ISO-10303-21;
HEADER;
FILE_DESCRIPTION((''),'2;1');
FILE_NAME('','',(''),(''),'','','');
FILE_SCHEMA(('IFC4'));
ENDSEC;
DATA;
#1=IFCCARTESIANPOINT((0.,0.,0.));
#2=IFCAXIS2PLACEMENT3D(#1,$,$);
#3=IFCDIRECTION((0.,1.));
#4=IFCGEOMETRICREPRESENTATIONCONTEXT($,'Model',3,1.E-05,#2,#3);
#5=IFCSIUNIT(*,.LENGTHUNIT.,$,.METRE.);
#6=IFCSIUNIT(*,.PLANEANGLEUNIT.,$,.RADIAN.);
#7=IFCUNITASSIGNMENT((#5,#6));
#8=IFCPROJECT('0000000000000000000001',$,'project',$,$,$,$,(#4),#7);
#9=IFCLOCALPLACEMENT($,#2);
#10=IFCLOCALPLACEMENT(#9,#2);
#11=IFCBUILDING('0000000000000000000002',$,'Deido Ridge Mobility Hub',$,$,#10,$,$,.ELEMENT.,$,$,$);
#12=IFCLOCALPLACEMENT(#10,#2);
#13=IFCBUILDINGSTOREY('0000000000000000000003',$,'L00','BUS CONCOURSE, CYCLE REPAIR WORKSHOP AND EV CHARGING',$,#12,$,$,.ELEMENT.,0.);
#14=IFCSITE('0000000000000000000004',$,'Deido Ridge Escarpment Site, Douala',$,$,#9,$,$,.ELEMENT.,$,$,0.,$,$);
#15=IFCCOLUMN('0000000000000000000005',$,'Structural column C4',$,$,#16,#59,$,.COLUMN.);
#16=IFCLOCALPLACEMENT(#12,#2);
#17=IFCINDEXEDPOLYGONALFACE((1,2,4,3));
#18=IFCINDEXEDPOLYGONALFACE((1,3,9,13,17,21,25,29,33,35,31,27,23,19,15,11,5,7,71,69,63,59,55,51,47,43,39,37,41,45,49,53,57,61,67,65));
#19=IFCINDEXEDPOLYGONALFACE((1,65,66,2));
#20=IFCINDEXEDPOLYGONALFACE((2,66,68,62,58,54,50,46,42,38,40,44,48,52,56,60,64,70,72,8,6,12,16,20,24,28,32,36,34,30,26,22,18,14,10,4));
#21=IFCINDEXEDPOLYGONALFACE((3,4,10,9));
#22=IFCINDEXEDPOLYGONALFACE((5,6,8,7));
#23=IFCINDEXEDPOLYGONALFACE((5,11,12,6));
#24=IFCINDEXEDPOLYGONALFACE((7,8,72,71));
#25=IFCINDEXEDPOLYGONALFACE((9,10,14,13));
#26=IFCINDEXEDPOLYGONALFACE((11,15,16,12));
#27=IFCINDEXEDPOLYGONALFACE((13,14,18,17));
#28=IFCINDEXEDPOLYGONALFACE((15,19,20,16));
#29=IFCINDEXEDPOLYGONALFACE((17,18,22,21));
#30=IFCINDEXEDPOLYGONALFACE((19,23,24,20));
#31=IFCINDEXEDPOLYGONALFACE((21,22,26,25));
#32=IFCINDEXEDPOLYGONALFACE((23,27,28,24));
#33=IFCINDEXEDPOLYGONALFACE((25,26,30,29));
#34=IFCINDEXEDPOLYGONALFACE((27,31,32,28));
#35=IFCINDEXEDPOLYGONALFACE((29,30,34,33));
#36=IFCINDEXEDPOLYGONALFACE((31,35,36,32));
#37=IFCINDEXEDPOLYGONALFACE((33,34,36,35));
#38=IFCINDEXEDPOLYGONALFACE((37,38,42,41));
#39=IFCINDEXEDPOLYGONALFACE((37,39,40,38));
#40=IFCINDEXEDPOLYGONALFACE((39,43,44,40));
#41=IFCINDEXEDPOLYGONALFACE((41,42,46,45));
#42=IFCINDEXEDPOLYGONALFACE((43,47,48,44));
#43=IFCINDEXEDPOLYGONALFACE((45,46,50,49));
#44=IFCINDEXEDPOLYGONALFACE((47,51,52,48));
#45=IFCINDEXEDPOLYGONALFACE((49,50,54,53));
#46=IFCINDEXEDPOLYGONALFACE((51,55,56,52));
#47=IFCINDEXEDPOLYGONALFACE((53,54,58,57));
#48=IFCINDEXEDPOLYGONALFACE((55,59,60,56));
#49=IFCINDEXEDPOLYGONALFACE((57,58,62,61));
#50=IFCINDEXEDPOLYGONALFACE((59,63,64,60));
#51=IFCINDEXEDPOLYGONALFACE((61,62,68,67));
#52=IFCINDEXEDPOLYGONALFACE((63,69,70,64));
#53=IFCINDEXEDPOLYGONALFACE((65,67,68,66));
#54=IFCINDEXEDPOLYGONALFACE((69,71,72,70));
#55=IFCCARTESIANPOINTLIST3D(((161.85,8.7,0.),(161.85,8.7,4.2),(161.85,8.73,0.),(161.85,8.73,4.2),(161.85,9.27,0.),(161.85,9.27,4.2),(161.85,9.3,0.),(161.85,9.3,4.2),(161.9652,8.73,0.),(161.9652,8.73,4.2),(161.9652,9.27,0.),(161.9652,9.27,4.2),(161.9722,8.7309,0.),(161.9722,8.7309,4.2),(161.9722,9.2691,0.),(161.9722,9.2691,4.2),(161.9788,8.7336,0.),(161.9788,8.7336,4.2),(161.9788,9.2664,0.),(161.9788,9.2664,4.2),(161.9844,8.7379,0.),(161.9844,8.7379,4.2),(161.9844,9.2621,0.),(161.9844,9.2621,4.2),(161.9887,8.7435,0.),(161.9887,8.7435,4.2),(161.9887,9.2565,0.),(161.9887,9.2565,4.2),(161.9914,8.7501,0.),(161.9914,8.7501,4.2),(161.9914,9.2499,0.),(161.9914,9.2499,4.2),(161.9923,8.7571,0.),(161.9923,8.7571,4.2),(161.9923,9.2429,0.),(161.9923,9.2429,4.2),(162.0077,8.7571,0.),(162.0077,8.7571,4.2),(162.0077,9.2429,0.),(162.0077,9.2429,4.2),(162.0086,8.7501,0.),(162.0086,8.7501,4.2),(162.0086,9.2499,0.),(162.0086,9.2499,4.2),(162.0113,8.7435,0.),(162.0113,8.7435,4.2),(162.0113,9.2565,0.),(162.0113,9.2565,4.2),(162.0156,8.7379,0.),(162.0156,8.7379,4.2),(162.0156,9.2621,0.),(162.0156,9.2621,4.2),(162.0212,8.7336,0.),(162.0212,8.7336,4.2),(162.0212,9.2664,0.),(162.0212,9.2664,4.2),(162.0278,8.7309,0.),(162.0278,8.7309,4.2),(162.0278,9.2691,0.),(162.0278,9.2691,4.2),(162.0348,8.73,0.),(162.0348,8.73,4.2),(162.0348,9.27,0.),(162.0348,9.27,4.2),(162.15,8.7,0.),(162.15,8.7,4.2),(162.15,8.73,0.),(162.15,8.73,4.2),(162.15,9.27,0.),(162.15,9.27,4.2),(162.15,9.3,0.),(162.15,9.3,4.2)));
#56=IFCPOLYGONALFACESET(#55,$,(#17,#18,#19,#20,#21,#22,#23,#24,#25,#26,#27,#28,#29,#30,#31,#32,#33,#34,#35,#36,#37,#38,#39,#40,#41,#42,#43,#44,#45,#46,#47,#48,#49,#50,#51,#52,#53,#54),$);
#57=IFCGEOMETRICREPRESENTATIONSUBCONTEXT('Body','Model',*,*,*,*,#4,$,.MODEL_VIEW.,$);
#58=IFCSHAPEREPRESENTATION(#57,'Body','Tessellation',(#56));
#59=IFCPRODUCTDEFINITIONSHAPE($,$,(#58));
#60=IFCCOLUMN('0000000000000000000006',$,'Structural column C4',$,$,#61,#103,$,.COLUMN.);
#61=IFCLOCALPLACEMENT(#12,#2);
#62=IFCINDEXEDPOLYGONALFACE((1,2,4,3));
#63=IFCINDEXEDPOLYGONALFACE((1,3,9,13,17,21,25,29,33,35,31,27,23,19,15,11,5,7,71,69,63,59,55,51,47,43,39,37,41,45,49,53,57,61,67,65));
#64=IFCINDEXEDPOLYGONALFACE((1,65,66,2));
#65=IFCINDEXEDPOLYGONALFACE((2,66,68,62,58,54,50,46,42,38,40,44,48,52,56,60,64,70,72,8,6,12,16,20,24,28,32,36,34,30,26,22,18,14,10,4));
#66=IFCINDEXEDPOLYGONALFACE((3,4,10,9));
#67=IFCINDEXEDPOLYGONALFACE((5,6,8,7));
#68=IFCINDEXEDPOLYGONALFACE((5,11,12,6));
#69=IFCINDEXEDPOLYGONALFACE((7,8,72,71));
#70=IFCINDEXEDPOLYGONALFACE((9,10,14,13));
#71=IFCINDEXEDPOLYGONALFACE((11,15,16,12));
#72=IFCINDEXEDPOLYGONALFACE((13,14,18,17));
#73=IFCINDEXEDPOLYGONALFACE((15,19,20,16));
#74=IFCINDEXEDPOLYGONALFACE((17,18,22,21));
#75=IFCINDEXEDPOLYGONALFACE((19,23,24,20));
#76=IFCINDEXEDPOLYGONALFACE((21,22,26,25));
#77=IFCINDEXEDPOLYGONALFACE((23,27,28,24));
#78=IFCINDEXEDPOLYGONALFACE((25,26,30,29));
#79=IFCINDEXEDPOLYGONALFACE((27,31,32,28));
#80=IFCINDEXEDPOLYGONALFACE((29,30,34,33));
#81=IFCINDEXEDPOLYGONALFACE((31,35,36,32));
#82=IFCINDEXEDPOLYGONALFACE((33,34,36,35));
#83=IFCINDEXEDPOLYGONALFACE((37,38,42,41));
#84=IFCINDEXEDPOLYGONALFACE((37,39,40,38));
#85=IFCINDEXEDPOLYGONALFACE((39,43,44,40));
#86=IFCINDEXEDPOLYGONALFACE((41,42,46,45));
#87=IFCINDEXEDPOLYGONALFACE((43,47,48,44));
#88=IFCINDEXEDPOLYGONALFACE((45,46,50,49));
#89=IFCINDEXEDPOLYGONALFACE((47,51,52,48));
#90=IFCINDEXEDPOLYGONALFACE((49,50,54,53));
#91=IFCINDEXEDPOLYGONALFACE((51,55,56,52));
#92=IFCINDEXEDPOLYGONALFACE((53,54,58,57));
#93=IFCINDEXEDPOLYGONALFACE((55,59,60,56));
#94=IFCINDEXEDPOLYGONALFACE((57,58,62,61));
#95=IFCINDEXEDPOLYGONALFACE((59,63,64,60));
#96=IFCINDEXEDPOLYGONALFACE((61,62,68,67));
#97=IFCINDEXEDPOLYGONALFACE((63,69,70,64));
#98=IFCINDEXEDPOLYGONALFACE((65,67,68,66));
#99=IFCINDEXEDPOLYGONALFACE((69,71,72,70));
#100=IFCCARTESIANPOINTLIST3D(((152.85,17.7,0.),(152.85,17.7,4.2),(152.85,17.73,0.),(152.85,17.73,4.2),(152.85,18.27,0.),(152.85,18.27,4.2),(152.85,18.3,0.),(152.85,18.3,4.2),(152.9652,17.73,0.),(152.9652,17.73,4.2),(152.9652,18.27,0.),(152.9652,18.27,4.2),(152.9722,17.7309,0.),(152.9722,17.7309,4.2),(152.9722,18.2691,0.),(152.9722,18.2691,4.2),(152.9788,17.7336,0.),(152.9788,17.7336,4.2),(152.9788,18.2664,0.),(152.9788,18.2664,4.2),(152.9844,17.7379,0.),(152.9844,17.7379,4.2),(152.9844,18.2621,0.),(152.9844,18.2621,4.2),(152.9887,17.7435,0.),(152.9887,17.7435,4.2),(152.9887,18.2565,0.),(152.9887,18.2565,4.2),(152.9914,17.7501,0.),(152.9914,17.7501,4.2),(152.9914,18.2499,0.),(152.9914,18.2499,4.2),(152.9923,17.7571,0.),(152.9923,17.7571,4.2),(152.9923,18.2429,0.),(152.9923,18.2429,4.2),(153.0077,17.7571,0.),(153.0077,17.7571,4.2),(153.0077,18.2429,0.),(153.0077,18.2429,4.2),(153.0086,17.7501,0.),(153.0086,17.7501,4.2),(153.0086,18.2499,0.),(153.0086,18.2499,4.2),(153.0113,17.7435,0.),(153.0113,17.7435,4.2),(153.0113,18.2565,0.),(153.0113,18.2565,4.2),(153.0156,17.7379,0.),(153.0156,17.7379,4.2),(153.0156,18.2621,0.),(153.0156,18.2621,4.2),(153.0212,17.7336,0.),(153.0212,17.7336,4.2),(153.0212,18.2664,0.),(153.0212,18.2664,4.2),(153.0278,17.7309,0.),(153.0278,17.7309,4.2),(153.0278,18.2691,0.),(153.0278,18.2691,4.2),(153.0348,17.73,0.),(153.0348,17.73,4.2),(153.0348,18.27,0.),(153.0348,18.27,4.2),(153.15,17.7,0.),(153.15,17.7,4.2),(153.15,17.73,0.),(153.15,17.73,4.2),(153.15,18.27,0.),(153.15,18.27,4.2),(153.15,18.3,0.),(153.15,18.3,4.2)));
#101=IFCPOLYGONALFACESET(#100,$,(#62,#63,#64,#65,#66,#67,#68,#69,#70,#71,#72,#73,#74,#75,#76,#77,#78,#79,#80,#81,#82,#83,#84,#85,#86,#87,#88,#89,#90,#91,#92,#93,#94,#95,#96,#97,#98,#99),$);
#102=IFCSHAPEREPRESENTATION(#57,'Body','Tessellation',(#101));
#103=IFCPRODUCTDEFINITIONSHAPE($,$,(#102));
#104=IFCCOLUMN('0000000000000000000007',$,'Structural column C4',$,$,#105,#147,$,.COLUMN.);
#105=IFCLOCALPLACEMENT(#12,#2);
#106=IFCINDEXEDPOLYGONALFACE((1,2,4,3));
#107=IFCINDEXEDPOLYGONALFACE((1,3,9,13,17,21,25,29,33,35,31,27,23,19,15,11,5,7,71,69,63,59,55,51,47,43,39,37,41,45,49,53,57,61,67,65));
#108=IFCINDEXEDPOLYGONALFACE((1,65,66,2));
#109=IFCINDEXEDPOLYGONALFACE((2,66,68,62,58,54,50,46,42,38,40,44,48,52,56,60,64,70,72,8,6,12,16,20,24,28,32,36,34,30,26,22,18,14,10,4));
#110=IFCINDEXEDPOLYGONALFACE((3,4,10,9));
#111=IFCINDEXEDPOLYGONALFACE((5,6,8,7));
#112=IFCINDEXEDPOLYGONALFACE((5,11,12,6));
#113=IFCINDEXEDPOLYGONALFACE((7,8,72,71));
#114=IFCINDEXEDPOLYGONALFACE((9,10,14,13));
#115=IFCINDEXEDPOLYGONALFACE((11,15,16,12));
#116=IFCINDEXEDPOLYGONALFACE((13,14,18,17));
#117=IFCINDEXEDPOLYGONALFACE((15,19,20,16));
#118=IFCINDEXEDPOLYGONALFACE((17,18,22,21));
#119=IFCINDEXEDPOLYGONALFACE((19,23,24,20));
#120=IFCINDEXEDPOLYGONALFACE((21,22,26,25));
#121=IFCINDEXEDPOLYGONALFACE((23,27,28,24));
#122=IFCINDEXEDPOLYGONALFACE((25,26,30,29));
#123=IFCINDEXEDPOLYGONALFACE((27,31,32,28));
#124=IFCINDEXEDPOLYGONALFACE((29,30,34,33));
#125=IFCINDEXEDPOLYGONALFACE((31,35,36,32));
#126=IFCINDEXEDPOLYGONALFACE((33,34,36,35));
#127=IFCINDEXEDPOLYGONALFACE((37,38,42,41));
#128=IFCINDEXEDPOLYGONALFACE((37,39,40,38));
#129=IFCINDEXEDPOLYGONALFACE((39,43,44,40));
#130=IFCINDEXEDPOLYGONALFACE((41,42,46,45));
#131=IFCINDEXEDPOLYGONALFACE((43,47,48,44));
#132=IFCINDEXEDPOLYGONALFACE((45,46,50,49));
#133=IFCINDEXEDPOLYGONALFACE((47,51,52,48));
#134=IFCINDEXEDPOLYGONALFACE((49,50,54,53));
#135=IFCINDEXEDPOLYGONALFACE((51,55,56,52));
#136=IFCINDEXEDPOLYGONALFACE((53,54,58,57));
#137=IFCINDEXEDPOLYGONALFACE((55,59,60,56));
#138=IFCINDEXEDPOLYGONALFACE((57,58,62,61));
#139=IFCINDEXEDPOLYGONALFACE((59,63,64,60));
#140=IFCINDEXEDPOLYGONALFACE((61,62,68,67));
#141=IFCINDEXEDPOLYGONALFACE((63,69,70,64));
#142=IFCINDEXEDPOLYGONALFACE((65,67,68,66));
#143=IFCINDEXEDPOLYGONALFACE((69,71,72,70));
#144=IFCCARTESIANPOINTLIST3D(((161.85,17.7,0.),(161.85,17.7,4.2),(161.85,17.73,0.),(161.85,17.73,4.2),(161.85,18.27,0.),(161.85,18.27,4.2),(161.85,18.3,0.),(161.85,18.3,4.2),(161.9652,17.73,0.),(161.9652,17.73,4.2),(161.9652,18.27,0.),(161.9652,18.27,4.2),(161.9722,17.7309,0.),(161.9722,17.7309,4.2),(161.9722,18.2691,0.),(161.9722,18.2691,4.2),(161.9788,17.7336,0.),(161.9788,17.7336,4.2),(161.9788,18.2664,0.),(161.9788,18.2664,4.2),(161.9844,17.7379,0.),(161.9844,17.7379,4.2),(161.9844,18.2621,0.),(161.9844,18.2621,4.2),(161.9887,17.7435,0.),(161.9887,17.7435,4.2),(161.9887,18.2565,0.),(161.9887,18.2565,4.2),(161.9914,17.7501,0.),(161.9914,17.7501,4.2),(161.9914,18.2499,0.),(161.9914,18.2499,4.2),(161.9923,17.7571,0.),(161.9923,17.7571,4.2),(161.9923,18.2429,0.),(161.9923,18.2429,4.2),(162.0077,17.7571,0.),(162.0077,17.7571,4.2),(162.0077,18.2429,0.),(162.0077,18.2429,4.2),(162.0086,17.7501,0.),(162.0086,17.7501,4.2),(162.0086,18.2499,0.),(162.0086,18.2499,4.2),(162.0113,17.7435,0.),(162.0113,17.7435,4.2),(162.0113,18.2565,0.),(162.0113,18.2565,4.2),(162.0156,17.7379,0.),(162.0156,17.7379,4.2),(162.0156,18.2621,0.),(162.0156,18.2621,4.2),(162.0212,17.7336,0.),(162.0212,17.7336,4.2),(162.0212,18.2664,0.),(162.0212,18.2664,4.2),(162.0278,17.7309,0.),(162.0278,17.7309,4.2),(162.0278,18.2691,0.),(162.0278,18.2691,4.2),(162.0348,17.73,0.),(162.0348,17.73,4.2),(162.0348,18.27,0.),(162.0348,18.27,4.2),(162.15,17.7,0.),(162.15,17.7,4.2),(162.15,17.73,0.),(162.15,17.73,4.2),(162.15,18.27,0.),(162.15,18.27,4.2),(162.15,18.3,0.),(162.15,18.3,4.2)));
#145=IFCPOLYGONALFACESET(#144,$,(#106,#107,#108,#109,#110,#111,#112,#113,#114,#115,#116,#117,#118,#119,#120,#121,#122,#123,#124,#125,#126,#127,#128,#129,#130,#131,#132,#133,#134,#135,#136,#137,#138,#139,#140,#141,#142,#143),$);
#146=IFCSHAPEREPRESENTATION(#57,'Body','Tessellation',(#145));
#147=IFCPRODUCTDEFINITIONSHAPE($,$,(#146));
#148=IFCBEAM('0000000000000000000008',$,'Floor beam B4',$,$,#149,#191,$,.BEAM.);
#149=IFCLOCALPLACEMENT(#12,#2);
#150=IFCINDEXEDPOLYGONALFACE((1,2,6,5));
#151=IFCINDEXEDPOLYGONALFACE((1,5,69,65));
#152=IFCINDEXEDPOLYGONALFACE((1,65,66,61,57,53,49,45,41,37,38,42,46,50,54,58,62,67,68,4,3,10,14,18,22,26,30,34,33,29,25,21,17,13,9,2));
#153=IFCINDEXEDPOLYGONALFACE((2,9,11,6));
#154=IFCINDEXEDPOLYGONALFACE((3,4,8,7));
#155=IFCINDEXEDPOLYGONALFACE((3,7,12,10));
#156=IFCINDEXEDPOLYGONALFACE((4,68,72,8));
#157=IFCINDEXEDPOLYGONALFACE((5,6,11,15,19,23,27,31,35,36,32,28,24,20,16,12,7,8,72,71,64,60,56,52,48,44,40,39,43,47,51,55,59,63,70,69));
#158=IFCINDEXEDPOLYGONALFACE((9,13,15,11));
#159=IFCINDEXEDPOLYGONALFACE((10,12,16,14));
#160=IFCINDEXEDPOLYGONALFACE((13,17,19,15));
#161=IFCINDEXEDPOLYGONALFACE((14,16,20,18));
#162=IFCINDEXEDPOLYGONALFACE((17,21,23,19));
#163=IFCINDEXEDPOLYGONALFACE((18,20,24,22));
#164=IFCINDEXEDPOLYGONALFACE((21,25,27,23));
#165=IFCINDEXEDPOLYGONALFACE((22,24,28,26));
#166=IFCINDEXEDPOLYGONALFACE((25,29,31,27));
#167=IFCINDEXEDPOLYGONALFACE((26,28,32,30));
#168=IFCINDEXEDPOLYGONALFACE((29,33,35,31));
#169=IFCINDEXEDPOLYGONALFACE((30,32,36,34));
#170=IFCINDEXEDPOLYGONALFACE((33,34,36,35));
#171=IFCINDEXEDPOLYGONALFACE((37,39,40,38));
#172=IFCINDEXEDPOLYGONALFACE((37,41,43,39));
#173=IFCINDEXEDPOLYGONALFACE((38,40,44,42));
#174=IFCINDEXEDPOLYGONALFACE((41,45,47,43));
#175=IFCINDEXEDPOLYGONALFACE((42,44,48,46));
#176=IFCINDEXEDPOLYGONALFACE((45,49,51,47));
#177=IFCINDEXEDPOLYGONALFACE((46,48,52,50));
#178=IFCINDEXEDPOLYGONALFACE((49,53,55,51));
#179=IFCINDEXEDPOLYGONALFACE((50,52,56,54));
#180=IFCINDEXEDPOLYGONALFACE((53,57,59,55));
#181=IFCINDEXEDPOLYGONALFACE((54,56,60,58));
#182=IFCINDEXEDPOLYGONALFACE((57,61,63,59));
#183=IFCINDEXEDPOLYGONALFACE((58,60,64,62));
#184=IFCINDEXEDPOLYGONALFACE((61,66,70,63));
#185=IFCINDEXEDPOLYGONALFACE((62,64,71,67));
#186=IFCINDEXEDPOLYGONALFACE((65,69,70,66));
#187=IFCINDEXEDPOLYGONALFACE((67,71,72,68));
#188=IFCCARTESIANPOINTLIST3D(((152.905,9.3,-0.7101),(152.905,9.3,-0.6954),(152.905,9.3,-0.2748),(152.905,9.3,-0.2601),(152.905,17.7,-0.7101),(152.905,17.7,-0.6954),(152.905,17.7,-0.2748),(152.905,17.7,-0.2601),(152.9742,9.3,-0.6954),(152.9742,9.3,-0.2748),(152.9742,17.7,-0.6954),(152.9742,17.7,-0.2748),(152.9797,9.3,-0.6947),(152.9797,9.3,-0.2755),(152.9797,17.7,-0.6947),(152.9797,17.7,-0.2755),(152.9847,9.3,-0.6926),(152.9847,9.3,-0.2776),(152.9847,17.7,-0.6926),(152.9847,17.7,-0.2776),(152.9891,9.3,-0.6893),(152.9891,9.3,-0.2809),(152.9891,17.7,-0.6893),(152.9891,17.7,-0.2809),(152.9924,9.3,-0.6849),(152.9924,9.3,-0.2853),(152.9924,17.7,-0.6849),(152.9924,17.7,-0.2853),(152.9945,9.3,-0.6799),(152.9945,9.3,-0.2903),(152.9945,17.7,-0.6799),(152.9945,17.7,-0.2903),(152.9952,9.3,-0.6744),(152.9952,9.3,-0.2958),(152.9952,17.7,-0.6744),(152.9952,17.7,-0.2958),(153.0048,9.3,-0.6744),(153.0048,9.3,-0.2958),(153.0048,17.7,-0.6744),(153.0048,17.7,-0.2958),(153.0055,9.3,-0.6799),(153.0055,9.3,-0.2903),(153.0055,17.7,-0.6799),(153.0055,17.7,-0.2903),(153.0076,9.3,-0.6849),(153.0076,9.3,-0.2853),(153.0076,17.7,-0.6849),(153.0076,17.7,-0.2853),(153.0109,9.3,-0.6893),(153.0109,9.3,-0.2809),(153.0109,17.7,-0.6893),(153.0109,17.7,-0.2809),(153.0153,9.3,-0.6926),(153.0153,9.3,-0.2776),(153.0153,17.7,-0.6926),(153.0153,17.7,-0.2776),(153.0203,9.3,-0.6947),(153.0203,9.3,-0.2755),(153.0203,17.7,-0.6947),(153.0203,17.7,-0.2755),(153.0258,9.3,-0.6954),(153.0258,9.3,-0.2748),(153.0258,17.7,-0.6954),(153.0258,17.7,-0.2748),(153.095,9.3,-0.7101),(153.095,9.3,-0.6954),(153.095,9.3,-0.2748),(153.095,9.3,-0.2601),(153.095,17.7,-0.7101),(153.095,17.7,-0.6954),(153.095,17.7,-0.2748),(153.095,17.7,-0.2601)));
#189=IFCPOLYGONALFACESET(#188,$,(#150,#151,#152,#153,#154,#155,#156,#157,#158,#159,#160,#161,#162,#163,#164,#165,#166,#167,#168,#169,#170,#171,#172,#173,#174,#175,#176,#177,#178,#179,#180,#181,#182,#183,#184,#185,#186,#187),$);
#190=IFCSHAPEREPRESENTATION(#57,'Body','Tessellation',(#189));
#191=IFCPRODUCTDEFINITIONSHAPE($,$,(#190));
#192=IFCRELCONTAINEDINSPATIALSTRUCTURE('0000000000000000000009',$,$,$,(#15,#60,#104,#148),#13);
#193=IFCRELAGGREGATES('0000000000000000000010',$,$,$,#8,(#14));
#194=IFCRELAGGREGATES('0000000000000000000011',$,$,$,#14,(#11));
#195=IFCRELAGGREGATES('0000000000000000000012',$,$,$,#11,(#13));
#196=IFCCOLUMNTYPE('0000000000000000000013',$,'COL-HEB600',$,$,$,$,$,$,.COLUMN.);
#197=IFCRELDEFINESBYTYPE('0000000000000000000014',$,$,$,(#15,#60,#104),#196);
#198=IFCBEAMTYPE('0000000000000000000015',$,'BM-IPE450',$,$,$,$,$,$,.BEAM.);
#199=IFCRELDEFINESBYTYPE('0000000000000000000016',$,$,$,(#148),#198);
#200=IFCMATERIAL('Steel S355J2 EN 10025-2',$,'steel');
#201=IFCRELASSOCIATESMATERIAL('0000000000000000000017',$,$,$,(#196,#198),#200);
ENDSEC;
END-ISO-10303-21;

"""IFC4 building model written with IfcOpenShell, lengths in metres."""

from ifc_helpers import new_model, si_unit, direction, frame, origin, origin_2d, place, context, subcontext, project, spatial, i_section, extrude, material, material_profile, profile_set, type_object, element, save


model = new_model("IFC4")

# Units and contexts
model_context = context("Model", 3, precision=1e-05, world=origin(), true_north=direction((0.0, 1.0)))
body_context = subcontext(model_context, "Body", "Model", "MODEL_VIEW")
ifc_project = project(units=[si_unit("LENGTHUNIT", "METRE"), si_unit("PLANEANGLEUNIT", "RADIAN")], contexts=[model_context])

# Site, building, storey
site_placement = place(None, origin())
site = spatial("IfcSite", under=ifc_project, at=site_placement, Name="Deido Ridge Escarpment Site, Douala", CompositionType="ELEMENT", RefElevation=0.0)
building_placement = place(site_placement, origin())
building = spatial("IfcBuilding", under=site, at=building_placement, Name="Deido Ridge Mobility Hub", CompositionType="ELEMENT")
storey_placement = place(building_placement, origin())
storey = spatial("IfcBuildingStorey", under=building, at=storey_placement, Name="L00", Description="BUS CONCOURSE, CYCLE REPAIR WORKSHOP AND EV CHARGING", CompositionType="ELEMENT", Elevation=0.0)

# Columns
ifc_material_1 = material(Name="Steel S355J2 EN 10025-2", Category="steel")
ifc_material_profile_1 = material_profile(ifc_material_1, i_section(OverallWidth=0.3, OverallDepth=0.6001, WebThickness=0.0154, FlangeThickness=0.03, FilletRadius=0.0271, at=origin_2d()), Name="HEB 600")
ifc_profile_set_1 = profile_set([ifc_material_profile_1], Name="Steel S355J2 EN 10025-2")
column_type = type_object("IfcColumnType", Name="COL-HEB600", PredefinedType="COLUMN", material=ifc_profile_set_1)
for number, where, z_axis, x_axis, name in (
    (1, (162.0, 9.0, 0.0), (0.0, 0.0, 1.0), (1.0, 0.0, 0.0), "Structural column C4"),
    (2, (153.0, 18.0, 0.0), (0.0, 0.0, 1.0), (1.0, 0.0, 0.0), "Structural column C4"),
    (3, (162.0, 18.0, 0.0), (0.0, 0.0, 1.0), (1.0, 0.0, 0.0), "Structural column C4"),
):
    element("IfcColumn", number, at=place(storey_placement, frame(where, z_axis=z_axis, x_axis=x_axis)), inside=storey, type_object=column_type, Name=name, PredefinedType="COLUMN", context=body_context, shape_type="SweptSolid", body=[
        extrude(i_section(OverallWidth=0.3, OverallDepth=0.6001, WebThickness=0.0154, FlangeThickness=0.03, FilletRadius=0.0271, at=origin_2d()), origin(), (0.0, 0.0, 1.0), 4.2),
    ])

# Beam
ifc_material_profile_2 = material_profile(ifc_material_1, i_section(OverallWidth=0.1899, OverallDepth=0.45, WebThickness=0.0095, FlangeThickness=0.0146, FilletRadius=0.021, at=origin_2d()), Name="IPE 450")
ifc_profile_set_2 = profile_set([ifc_material_profile_2], Name="Steel S355J2 EN 10025-2")
beam_type_1 = type_object("IfcBeamType", Name="BM-IPE450", PredefinedType="BEAM", material=ifc_profile_set_2)
for number, where, z_axis, x_axis, name in (
    (4, (153.0, 9.3, -0.4851), (0.0, 1.0, 0.0), (-1.0, 0.0, 0.0), "Floor beam B4"),
):
    element("IfcBeam", number, at=place(storey_placement, frame(where, z_axis=z_axis, x_axis=x_axis)), inside=storey, type_object=beam_type_1, Name=name, PredefinedType="BEAM", context=body_context, shape_type="SweptSolid", body=[
        extrude(i_section(OverallWidth=0.1899, OverallDepth=0.45, WebThickness=0.0095, FlangeThickness=0.0146, FilletRadius=0.021, at=origin_2d()), origin(), (0.0, 0.0, 1.0), 8.3999),
    ])

save(model, "model.ifc")
